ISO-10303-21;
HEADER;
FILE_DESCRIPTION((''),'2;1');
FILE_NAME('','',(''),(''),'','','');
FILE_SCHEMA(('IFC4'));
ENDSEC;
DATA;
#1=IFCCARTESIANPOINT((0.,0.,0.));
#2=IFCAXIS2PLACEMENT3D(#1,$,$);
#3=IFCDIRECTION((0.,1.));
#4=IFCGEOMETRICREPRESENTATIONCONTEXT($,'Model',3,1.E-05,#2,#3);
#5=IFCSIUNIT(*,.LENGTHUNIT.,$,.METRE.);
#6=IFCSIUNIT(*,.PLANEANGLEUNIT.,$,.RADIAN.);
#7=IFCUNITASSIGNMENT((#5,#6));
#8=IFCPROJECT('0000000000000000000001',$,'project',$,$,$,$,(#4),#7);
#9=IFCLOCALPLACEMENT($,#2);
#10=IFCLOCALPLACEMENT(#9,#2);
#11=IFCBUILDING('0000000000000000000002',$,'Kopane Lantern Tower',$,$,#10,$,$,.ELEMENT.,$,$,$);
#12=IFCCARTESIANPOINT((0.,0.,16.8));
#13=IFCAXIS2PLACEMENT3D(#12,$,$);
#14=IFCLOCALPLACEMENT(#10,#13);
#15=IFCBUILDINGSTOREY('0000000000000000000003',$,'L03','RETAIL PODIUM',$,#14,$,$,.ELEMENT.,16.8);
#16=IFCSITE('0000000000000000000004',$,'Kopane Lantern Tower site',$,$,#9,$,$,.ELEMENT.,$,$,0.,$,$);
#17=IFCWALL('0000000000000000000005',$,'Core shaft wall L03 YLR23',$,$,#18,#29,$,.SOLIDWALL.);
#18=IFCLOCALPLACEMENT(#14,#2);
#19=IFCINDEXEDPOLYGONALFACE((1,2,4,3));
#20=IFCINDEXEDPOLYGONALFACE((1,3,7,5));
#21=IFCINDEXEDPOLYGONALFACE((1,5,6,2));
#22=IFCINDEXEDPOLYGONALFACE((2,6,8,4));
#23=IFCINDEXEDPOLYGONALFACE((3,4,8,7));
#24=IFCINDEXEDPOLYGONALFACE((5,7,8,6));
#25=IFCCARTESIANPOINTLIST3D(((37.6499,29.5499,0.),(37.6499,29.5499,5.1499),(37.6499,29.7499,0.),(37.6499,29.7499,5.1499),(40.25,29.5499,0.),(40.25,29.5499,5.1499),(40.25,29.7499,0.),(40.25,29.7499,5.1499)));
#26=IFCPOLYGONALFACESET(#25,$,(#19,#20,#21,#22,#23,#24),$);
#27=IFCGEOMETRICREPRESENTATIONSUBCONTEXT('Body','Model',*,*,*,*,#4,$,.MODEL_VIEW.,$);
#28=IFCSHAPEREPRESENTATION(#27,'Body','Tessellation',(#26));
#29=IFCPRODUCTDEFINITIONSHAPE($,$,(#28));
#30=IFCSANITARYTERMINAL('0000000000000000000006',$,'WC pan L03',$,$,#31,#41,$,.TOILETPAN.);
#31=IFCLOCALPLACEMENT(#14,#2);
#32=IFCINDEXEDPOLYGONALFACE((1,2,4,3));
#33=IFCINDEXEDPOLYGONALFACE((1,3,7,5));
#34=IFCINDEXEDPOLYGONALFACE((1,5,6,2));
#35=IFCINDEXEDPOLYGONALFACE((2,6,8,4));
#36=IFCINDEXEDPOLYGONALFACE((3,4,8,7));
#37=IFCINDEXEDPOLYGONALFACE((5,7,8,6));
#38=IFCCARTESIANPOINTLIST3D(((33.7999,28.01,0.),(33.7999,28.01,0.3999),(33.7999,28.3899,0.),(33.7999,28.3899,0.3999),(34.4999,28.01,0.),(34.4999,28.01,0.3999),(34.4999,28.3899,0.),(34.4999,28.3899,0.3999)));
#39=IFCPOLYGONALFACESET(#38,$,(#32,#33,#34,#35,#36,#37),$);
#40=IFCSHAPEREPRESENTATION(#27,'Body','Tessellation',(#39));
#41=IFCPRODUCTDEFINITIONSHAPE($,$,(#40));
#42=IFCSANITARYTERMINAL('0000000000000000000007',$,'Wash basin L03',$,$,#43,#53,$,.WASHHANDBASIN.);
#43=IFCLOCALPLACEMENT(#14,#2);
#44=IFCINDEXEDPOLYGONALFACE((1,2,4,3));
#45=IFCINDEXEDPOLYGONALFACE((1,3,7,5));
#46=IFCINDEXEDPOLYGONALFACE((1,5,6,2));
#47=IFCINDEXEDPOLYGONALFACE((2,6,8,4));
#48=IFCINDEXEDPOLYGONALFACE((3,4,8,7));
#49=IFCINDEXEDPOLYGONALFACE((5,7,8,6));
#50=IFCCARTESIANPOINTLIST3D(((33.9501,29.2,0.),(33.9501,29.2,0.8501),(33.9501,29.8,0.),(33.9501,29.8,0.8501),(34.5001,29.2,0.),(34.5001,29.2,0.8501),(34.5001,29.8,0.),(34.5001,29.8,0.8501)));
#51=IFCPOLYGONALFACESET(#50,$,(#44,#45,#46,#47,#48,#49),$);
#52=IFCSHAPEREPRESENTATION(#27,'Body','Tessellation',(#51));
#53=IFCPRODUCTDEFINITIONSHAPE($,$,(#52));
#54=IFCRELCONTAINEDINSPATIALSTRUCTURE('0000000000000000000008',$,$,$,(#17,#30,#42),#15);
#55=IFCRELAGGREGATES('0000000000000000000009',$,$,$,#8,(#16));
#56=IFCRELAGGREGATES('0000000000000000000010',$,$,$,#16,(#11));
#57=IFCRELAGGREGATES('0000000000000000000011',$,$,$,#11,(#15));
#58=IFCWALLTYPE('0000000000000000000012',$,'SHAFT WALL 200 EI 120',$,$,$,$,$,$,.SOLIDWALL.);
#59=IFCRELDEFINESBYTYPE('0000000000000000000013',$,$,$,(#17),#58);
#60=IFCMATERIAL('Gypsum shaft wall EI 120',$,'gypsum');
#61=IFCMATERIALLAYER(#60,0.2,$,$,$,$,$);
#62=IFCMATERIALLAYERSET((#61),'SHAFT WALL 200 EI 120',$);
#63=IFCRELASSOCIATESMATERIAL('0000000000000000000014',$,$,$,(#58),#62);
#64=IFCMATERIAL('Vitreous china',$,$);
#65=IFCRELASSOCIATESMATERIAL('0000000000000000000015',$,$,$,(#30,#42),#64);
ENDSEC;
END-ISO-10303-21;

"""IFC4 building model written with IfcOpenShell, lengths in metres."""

from ifc_helpers import new_model, si_unit, direction, frame, frame_2d, origin, origin_2d, place, context, subcontext, project, spatial, rectangle, extrude, material, layer, layer_set, type_object, element, save


model = new_model("IFC4")

# Units and contexts
model_context = context("Model", 3, precision=1e-05, world=origin(), true_north=direction((0.0, 1.0)))
body_context = subcontext(model_context, "Body", "Model", "MODEL_VIEW")
ifc_project = project(units=[si_unit("LENGTHUNIT", "METRE"), si_unit("PLANEANGLEUNIT", "RADIAN")], contexts=[model_context])

# Site, building, storey
site_placement = place(None, origin())
site = spatial("IfcSite", under=ifc_project, at=site_placement, Name="Kopane Lantern Tower site", CompositionType="ELEMENT", RefElevation=0.0)
building_placement = place(site_placement, origin())
building = spatial("IfcBuilding", under=site, at=building_placement, Name="Kopane Lantern Tower", CompositionType="ELEMENT")
storey_placement = place(building_placement, frame((0.0, 0.0, 16.8)))
storey = spatial("IfcBuildingStorey", under=building, at=storey_placement, Name="L03", Description="RETAIL PODIUM", CompositionType="ELEMENT", Elevation=16.8)

# Shared definitions
ifc_material_1 = material(Name="Gypsum shaft wall EI 120", Category="gypsum")
ifc_layer_1 = layer(ifc_material_1, 0.2)
ifc_layer_set_1 = layer_set([ifc_layer_1], Name="SHAFT WALL 200 EI 120")
wall_type_1 = type_object("IfcWallType", Name="SHAFT WALL 200 EI 120", PredefinedType="SOLIDWALL", material=ifc_layer_set_1)

# Wall
for number, where, z_axis, x_axis, name in (
    (1, (37.6499, 29.6499, 0.0), (0.0, 0.0, 1.0), (1.0, 0.0, 0.0), "Core shaft wall L03 YLR23"),
):
    element("IfcWall", number, at=place(storey_placement, frame(where, z_axis=z_axis, x_axis=x_axis)), inside=storey, type_object=wall_type_1, Name=name, PredefinedType="SOLIDWALL", context=body_context, shape_type="SweptSolid", body=[
        extrude(rectangle(XDim=2.6001, YDim=0.2, at=frame_2d((1.3, 0.0))), origin(), (0.0, 0.0, 1.0), 5.1499),
    ])

# Sanitary terminals
ifc_material_2 = material(Name="Vitreous china")
sanitary_terminal_1_placement = place(storey_placement, frame((34.1499, 28.2, 0.0), z_axis=(0.0, 0.0, 1.0), x_axis=(1.0, 0.0, 0.0)))
element("IfcSanitaryTerminal", 2, at=sanitary_terminal_1_placement, inside=storey, material=ifc_material_2, Name="WC pan L03", PredefinedType="TOILETPAN", context=body_context, shape_type="SweptSolid", body=[
    extrude(rectangle(XDim=0.7, YDim=0.3799, at=origin_2d()), origin(), (0.0, 0.0, 1.0), 0.3999),
])
sanitary_terminal_2_placement = place(storey_placement, frame((34.2251, 29.5, 0.0), z_axis=(0.0, 0.0, 1.0), x_axis=(1.0, 0.0, 0.0)))
element("IfcSanitaryTerminal", 3, at=sanitary_terminal_2_placement, inside=storey, material=ifc_material_2, Name="Wash basin L03", PredefinedType="WASHHANDBASIN", context=body_context, shape_type="SweptSolid", body=[
    extrude(rectangle(XDim=0.55, YDim=0.6001, at=origin_2d()), origin(), (0.0, 0.0, 1.0), 0.8501),
])

save(model, "model.ifc")
